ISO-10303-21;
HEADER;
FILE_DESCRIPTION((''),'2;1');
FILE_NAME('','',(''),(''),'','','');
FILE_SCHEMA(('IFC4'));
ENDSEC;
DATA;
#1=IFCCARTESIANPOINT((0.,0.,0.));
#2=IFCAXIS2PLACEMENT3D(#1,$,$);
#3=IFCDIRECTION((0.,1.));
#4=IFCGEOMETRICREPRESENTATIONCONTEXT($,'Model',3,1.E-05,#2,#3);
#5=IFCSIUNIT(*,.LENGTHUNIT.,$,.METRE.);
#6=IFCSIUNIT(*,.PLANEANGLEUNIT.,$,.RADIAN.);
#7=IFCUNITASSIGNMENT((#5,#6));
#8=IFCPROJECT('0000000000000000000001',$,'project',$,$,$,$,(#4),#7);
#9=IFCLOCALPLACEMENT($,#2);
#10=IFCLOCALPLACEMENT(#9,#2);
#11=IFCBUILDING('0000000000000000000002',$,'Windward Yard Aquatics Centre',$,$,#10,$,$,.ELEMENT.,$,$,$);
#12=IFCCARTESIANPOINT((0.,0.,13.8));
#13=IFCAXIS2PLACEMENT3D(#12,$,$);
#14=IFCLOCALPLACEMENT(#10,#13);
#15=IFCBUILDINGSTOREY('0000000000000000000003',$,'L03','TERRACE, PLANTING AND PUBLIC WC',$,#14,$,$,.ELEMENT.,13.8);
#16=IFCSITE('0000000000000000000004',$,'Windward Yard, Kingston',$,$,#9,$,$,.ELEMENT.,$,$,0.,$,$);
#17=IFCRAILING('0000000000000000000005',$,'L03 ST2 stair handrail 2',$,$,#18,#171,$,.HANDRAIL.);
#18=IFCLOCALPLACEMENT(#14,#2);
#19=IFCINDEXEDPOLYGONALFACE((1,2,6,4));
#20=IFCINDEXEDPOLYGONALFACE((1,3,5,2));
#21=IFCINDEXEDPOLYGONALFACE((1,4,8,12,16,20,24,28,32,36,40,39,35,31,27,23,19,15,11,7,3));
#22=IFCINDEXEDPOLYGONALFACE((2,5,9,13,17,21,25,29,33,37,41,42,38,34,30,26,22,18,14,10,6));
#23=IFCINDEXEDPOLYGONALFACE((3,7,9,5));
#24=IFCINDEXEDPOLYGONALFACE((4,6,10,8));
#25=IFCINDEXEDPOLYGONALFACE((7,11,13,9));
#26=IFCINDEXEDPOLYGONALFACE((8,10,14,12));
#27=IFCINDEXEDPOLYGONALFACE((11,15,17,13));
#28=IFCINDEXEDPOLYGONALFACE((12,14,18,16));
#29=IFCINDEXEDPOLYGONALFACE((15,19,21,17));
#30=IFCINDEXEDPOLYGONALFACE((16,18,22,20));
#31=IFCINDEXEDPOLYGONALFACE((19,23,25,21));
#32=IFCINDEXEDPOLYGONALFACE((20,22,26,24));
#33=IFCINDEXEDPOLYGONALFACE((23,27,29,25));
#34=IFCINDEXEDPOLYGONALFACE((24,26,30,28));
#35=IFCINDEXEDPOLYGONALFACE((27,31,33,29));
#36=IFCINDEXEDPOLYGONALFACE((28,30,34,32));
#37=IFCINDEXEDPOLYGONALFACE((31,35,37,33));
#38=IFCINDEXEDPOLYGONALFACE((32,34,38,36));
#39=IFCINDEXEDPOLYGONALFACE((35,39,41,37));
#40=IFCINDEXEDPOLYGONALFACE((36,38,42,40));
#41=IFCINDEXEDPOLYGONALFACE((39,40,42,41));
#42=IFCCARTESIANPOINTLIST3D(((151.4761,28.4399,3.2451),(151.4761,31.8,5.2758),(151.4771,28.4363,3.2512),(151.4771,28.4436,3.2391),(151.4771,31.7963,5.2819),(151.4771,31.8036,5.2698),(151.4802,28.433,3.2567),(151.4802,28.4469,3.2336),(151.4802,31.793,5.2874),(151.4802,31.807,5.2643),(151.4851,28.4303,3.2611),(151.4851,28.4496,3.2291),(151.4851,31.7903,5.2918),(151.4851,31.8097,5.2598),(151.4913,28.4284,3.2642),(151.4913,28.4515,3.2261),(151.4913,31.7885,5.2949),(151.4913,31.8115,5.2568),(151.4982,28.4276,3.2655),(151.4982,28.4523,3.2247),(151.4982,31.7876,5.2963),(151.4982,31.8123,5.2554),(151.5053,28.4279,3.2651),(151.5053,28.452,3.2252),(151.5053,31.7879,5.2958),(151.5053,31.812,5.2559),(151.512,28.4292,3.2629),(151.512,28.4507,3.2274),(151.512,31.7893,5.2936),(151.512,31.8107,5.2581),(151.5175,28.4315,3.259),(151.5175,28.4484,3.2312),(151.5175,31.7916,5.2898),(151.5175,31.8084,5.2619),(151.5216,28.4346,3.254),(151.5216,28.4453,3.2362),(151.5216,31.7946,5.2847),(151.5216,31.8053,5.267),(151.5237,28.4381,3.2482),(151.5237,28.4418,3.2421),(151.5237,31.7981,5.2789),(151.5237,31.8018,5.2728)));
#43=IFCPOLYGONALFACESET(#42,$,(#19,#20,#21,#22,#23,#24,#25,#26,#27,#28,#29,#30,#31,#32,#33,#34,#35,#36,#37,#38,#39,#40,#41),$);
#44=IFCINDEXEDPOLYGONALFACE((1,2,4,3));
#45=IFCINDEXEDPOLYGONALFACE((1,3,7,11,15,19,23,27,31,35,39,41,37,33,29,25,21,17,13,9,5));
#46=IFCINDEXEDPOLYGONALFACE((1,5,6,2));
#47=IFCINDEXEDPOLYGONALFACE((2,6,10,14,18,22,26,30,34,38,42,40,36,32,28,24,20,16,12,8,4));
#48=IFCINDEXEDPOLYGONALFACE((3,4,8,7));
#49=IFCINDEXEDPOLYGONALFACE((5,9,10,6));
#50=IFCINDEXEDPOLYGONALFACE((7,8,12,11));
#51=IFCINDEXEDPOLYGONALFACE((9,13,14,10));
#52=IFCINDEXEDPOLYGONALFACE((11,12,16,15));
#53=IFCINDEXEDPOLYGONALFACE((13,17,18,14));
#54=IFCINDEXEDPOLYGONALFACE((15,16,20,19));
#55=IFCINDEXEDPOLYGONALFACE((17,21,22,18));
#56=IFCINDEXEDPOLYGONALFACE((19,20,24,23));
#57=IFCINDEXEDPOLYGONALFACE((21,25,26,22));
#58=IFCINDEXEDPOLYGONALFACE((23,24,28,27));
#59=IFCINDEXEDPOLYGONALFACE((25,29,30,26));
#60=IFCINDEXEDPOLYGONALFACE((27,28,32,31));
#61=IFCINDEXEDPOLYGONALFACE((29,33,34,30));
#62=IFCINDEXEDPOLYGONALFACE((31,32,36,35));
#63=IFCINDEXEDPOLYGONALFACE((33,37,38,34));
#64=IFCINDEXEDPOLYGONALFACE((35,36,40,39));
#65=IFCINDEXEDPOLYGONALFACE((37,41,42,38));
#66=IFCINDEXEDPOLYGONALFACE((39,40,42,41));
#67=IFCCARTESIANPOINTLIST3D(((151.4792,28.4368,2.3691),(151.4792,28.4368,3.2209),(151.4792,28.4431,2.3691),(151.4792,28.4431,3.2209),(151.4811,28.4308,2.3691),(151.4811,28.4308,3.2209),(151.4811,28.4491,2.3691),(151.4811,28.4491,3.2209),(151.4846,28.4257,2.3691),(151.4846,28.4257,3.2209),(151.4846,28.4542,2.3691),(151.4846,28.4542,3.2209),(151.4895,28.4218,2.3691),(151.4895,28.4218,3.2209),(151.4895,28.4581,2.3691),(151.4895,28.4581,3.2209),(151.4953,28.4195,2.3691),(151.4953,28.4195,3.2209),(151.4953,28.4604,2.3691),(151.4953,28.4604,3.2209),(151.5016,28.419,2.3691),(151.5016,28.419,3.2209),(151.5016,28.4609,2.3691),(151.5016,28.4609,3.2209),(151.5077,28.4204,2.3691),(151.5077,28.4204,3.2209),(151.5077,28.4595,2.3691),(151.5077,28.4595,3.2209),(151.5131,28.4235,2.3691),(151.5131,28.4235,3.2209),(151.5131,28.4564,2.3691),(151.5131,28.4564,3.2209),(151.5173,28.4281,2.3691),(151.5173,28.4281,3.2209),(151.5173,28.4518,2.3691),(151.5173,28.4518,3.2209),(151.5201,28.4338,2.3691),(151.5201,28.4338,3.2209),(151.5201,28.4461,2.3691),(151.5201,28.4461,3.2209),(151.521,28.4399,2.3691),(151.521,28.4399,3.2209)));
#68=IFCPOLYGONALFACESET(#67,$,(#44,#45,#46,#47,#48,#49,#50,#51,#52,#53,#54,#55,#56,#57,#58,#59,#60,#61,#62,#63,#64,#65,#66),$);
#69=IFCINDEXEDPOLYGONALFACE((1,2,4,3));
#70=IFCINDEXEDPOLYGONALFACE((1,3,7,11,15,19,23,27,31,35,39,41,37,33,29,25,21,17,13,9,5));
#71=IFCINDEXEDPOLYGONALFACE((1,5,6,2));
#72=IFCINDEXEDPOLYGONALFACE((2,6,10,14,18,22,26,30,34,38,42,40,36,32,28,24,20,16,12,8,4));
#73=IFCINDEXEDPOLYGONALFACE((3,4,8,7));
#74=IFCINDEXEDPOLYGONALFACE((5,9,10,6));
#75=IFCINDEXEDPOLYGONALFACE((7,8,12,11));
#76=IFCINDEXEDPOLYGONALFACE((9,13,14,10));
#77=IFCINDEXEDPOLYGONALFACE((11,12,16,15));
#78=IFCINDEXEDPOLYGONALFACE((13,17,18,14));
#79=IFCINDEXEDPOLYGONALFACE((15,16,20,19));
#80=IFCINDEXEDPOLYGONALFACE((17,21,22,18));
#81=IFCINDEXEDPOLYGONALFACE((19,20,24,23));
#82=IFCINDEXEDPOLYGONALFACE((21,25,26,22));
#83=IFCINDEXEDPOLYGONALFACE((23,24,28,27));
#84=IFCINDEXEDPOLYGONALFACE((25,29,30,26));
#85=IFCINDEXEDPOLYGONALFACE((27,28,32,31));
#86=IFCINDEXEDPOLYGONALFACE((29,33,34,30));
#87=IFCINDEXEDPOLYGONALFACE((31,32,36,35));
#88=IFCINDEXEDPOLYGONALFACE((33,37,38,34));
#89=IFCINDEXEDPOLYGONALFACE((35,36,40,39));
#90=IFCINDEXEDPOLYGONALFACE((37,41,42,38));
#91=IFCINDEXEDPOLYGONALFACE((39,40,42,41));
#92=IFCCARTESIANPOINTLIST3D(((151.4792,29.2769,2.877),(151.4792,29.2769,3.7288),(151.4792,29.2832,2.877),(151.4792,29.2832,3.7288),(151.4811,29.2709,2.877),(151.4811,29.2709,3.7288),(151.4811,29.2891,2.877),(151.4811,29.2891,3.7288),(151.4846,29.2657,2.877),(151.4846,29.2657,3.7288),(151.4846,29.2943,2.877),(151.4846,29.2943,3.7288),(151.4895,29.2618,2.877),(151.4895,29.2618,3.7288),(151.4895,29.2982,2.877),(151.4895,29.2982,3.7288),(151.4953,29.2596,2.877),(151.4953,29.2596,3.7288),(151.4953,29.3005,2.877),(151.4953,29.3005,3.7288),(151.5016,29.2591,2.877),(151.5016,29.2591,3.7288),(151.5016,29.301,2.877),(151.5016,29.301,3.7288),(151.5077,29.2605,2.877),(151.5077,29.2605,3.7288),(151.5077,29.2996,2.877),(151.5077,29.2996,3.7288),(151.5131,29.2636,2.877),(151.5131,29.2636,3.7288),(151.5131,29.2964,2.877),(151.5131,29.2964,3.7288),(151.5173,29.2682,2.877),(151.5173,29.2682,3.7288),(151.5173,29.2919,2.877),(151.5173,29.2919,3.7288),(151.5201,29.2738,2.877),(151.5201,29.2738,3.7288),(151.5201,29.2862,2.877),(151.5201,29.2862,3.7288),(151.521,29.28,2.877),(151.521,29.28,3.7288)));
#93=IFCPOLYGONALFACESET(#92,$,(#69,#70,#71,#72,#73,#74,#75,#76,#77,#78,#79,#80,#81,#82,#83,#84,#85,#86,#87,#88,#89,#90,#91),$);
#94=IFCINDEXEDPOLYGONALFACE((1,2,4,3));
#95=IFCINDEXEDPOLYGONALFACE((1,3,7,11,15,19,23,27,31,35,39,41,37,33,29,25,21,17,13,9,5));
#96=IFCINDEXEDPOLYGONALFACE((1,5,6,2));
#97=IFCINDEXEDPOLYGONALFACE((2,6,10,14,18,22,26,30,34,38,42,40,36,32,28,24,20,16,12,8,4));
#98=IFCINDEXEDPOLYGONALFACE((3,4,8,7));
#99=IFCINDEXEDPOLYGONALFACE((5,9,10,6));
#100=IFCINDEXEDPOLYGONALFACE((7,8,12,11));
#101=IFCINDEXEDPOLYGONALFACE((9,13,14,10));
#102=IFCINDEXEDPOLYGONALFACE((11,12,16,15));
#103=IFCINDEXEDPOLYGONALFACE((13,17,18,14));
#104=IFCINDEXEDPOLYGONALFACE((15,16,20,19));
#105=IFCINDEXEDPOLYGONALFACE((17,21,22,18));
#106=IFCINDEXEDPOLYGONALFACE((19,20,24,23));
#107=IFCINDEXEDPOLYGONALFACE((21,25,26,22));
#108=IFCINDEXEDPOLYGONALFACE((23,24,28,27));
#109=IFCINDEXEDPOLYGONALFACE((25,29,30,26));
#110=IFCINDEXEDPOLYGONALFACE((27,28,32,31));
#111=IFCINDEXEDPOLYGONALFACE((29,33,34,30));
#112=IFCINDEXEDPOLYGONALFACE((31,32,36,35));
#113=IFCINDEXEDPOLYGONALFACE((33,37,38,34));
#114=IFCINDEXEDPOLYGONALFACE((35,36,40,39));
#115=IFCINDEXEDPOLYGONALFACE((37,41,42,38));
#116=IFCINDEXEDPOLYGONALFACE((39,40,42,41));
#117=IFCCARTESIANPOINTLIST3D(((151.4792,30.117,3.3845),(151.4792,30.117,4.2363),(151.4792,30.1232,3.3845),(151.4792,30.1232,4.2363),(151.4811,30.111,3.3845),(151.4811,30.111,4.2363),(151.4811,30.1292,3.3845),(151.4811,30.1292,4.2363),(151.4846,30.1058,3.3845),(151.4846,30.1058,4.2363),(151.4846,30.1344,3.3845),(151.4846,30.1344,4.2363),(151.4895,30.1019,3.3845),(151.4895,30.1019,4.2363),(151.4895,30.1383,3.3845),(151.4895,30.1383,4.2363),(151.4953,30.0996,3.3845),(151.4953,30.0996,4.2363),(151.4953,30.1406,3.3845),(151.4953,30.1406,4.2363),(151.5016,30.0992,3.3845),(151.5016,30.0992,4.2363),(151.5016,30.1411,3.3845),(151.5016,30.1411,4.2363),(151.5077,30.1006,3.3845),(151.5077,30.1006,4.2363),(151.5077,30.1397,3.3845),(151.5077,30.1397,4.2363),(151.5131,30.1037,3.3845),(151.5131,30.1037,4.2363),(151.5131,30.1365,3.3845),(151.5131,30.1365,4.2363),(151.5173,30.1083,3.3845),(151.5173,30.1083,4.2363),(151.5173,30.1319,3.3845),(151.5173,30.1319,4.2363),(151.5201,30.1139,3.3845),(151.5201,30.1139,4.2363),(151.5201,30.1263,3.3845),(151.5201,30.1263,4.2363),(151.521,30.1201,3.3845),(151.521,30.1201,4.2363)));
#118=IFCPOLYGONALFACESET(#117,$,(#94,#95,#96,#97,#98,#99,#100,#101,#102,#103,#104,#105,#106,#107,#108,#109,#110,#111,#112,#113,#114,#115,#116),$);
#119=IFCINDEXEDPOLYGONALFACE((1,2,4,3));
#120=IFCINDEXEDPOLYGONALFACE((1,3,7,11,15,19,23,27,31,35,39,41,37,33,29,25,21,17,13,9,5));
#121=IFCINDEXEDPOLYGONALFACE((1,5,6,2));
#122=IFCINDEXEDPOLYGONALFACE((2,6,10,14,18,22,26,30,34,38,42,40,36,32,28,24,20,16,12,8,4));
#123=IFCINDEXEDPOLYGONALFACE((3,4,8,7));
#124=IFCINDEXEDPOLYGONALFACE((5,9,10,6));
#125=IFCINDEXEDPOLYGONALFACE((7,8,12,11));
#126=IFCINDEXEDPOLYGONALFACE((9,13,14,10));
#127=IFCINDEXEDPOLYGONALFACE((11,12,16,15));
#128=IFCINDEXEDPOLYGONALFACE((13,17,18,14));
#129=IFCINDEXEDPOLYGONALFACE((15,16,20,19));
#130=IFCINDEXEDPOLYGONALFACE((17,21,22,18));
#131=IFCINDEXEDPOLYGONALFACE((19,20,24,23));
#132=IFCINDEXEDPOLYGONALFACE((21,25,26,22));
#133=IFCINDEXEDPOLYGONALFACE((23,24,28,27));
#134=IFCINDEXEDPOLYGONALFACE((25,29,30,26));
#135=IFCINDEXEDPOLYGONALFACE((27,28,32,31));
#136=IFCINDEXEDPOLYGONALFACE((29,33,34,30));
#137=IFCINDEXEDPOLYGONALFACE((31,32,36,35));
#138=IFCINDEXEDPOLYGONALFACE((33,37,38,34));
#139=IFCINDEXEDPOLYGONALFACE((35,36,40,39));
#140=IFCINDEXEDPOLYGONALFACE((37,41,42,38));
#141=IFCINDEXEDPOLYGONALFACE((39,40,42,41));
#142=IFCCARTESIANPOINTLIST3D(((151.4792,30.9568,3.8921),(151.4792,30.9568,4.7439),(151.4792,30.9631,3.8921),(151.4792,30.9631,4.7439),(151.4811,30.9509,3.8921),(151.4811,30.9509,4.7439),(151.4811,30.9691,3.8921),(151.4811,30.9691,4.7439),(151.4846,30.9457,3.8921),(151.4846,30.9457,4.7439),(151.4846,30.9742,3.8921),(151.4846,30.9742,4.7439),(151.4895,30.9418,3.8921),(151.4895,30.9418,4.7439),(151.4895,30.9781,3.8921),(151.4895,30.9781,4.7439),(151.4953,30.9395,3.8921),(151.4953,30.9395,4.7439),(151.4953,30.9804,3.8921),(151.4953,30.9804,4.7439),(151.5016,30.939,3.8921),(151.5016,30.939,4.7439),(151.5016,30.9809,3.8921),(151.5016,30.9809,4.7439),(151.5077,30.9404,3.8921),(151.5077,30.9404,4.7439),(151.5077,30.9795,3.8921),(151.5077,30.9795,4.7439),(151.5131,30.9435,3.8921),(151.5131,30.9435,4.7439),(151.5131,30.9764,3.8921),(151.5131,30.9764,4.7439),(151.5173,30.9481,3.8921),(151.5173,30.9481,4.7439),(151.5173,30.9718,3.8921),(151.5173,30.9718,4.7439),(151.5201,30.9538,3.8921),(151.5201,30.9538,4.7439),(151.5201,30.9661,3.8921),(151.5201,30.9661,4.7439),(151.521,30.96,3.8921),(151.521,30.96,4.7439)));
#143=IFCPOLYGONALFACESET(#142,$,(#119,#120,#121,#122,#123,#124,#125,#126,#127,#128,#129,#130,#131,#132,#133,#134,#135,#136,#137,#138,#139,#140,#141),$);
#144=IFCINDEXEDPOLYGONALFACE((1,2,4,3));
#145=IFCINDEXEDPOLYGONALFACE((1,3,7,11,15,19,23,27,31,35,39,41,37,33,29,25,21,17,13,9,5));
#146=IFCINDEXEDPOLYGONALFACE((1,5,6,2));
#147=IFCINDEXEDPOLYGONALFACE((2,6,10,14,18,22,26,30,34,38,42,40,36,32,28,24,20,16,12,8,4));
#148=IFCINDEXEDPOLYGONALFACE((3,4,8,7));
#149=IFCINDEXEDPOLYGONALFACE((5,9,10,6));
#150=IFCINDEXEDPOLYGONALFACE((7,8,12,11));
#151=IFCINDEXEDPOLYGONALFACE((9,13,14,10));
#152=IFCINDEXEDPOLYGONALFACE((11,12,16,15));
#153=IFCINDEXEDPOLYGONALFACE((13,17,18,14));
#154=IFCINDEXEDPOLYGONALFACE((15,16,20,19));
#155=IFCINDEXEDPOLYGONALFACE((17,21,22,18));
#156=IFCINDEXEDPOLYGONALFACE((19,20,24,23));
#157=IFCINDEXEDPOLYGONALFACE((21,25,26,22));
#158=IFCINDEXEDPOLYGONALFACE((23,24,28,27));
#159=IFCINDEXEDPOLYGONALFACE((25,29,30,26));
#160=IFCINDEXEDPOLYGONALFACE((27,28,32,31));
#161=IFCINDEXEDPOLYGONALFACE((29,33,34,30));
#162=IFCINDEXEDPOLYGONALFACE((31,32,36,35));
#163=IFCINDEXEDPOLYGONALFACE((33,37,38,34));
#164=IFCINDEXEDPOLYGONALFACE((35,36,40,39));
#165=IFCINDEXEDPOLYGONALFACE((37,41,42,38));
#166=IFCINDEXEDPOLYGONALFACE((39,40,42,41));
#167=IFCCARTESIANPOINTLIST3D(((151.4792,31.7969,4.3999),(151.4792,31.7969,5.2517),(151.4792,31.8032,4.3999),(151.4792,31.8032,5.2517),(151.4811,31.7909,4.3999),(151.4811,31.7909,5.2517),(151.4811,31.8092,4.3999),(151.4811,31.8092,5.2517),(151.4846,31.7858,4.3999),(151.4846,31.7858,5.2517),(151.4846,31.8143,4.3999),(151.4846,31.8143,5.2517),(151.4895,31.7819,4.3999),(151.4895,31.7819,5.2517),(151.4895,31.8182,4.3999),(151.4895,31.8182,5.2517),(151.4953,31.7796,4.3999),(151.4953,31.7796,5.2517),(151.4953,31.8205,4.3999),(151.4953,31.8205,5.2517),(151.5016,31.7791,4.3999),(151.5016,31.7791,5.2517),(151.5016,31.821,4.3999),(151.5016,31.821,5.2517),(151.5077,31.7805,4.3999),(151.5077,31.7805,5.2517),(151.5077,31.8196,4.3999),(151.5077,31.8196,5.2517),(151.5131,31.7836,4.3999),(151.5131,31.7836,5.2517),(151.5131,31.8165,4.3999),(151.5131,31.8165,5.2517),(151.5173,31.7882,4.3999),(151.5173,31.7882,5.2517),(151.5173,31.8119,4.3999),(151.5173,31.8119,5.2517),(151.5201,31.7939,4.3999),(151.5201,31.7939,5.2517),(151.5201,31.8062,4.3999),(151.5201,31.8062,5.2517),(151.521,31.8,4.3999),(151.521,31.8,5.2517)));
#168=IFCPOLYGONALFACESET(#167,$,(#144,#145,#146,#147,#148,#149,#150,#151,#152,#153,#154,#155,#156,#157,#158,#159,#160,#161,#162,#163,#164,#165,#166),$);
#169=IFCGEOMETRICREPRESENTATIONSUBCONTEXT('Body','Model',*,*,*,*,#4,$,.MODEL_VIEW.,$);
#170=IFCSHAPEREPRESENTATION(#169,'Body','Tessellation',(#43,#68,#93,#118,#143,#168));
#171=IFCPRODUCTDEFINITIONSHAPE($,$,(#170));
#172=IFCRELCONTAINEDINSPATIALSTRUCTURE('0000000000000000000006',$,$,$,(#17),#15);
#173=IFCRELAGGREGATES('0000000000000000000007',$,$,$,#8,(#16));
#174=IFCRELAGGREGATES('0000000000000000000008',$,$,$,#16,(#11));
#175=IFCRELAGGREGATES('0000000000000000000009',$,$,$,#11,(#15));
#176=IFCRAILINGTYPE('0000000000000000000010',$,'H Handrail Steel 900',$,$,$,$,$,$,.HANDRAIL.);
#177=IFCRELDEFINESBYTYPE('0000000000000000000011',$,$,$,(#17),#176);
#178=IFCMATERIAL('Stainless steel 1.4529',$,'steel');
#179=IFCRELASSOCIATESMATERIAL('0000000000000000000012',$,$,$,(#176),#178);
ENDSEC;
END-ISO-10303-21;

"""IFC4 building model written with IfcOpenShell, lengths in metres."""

from ifc_helpers import new_model, si_unit, direction, frame, origin, origin_2d, place, context, subcontext, project, spatial, circle, extrude, material, type_object, element, save


model = new_model("IFC4")

# Units and contexts
model_context = context("Model", 3, precision=1e-05, world=origin(), true_north=direction((0.0, 1.0)))
body_context = subcontext(model_context, "Body", "Model", "MODEL_VIEW")
ifc_project = project(units=[si_unit("LENGTHUNIT", "METRE"), si_unit("PLANEANGLEUNIT", "RADIAN")], contexts=[model_context])

# Site, building, storey
site_placement = place(None, origin())
site = spatial("IfcSite", under=ifc_project, at=site_placement, Name="Windward Yard, Kingston", CompositionType="ELEMENT", RefElevation=0.0)
building_placement = place(site_placement, origin())
building = spatial("IfcBuilding", under=site, at=building_placement, Name="Windward Yard Aquatics Centre", CompositionType="ELEMENT")
storey_placement = place(building_placement, frame((0.0, 0.0, 13.8)))
storey = spatial("IfcBuildingStorey", under=building, at=storey_placement, Name="L03", Description="TERRACE, PLANTING AND PUBLIC WC", CompositionType="ELEMENT", Elevation=13.8)

# Railing
ifc_material_1 = material(Name="Stainless steel 1.4529", Category="steel")
railing_type_1 = type_object("IfcRailingType", Name="H Handrail Steel 900", PredefinedType="HANDRAIL", material=ifc_material_1)
railing_1_placement = place(storey_placement, frame((151.5, 28.4399, 2.3691)))
element("IfcRailing", 1, at=railing_1_placement, inside=storey, type_object=railing_type_1, Name="L03 ST2 stair handrail 2", PredefinedType="HANDRAIL", context=body_context, shape_type="SweptSolid", body=[
    extrude(circle(Radius=0.0239, at=origin_2d()), frame((0.0, 0.0, 0.876), z_axis=(0.0, 0.855837, 0.517246), x_axis=(-1.0, 0.0, 0.0)), (0.0, 0.0, 1.0), 3.926),
    extrude(circle(Radius=0.021, at=origin_2d()), origin(), (0.0, 0.0, 1.0), 0.8518),
    extrude(circle(Radius=0.021, at=origin_2d()), frame((0.0, 0.8401, 0.5078)), (0.0, 0.0, 1.0), 0.8518),
    extrude(circle(Radius=0.021, at=origin_2d()), frame((0.0, 1.6802, 1.0154)), (0.0, 0.0, 1.0), 0.8518),
    extrude(circle(Radius=0.021, at=origin_2d()), frame((0.0, 2.52, 1.5229)), (0.0, 0.0, 1.0), 0.8518),
    extrude(circle(Radius=0.021, at=origin_2d()), frame((0.0, 3.3601, 2.0308)), (0.0, 0.0, 1.0), 0.8518),
])

save(model, "model.ifc")
